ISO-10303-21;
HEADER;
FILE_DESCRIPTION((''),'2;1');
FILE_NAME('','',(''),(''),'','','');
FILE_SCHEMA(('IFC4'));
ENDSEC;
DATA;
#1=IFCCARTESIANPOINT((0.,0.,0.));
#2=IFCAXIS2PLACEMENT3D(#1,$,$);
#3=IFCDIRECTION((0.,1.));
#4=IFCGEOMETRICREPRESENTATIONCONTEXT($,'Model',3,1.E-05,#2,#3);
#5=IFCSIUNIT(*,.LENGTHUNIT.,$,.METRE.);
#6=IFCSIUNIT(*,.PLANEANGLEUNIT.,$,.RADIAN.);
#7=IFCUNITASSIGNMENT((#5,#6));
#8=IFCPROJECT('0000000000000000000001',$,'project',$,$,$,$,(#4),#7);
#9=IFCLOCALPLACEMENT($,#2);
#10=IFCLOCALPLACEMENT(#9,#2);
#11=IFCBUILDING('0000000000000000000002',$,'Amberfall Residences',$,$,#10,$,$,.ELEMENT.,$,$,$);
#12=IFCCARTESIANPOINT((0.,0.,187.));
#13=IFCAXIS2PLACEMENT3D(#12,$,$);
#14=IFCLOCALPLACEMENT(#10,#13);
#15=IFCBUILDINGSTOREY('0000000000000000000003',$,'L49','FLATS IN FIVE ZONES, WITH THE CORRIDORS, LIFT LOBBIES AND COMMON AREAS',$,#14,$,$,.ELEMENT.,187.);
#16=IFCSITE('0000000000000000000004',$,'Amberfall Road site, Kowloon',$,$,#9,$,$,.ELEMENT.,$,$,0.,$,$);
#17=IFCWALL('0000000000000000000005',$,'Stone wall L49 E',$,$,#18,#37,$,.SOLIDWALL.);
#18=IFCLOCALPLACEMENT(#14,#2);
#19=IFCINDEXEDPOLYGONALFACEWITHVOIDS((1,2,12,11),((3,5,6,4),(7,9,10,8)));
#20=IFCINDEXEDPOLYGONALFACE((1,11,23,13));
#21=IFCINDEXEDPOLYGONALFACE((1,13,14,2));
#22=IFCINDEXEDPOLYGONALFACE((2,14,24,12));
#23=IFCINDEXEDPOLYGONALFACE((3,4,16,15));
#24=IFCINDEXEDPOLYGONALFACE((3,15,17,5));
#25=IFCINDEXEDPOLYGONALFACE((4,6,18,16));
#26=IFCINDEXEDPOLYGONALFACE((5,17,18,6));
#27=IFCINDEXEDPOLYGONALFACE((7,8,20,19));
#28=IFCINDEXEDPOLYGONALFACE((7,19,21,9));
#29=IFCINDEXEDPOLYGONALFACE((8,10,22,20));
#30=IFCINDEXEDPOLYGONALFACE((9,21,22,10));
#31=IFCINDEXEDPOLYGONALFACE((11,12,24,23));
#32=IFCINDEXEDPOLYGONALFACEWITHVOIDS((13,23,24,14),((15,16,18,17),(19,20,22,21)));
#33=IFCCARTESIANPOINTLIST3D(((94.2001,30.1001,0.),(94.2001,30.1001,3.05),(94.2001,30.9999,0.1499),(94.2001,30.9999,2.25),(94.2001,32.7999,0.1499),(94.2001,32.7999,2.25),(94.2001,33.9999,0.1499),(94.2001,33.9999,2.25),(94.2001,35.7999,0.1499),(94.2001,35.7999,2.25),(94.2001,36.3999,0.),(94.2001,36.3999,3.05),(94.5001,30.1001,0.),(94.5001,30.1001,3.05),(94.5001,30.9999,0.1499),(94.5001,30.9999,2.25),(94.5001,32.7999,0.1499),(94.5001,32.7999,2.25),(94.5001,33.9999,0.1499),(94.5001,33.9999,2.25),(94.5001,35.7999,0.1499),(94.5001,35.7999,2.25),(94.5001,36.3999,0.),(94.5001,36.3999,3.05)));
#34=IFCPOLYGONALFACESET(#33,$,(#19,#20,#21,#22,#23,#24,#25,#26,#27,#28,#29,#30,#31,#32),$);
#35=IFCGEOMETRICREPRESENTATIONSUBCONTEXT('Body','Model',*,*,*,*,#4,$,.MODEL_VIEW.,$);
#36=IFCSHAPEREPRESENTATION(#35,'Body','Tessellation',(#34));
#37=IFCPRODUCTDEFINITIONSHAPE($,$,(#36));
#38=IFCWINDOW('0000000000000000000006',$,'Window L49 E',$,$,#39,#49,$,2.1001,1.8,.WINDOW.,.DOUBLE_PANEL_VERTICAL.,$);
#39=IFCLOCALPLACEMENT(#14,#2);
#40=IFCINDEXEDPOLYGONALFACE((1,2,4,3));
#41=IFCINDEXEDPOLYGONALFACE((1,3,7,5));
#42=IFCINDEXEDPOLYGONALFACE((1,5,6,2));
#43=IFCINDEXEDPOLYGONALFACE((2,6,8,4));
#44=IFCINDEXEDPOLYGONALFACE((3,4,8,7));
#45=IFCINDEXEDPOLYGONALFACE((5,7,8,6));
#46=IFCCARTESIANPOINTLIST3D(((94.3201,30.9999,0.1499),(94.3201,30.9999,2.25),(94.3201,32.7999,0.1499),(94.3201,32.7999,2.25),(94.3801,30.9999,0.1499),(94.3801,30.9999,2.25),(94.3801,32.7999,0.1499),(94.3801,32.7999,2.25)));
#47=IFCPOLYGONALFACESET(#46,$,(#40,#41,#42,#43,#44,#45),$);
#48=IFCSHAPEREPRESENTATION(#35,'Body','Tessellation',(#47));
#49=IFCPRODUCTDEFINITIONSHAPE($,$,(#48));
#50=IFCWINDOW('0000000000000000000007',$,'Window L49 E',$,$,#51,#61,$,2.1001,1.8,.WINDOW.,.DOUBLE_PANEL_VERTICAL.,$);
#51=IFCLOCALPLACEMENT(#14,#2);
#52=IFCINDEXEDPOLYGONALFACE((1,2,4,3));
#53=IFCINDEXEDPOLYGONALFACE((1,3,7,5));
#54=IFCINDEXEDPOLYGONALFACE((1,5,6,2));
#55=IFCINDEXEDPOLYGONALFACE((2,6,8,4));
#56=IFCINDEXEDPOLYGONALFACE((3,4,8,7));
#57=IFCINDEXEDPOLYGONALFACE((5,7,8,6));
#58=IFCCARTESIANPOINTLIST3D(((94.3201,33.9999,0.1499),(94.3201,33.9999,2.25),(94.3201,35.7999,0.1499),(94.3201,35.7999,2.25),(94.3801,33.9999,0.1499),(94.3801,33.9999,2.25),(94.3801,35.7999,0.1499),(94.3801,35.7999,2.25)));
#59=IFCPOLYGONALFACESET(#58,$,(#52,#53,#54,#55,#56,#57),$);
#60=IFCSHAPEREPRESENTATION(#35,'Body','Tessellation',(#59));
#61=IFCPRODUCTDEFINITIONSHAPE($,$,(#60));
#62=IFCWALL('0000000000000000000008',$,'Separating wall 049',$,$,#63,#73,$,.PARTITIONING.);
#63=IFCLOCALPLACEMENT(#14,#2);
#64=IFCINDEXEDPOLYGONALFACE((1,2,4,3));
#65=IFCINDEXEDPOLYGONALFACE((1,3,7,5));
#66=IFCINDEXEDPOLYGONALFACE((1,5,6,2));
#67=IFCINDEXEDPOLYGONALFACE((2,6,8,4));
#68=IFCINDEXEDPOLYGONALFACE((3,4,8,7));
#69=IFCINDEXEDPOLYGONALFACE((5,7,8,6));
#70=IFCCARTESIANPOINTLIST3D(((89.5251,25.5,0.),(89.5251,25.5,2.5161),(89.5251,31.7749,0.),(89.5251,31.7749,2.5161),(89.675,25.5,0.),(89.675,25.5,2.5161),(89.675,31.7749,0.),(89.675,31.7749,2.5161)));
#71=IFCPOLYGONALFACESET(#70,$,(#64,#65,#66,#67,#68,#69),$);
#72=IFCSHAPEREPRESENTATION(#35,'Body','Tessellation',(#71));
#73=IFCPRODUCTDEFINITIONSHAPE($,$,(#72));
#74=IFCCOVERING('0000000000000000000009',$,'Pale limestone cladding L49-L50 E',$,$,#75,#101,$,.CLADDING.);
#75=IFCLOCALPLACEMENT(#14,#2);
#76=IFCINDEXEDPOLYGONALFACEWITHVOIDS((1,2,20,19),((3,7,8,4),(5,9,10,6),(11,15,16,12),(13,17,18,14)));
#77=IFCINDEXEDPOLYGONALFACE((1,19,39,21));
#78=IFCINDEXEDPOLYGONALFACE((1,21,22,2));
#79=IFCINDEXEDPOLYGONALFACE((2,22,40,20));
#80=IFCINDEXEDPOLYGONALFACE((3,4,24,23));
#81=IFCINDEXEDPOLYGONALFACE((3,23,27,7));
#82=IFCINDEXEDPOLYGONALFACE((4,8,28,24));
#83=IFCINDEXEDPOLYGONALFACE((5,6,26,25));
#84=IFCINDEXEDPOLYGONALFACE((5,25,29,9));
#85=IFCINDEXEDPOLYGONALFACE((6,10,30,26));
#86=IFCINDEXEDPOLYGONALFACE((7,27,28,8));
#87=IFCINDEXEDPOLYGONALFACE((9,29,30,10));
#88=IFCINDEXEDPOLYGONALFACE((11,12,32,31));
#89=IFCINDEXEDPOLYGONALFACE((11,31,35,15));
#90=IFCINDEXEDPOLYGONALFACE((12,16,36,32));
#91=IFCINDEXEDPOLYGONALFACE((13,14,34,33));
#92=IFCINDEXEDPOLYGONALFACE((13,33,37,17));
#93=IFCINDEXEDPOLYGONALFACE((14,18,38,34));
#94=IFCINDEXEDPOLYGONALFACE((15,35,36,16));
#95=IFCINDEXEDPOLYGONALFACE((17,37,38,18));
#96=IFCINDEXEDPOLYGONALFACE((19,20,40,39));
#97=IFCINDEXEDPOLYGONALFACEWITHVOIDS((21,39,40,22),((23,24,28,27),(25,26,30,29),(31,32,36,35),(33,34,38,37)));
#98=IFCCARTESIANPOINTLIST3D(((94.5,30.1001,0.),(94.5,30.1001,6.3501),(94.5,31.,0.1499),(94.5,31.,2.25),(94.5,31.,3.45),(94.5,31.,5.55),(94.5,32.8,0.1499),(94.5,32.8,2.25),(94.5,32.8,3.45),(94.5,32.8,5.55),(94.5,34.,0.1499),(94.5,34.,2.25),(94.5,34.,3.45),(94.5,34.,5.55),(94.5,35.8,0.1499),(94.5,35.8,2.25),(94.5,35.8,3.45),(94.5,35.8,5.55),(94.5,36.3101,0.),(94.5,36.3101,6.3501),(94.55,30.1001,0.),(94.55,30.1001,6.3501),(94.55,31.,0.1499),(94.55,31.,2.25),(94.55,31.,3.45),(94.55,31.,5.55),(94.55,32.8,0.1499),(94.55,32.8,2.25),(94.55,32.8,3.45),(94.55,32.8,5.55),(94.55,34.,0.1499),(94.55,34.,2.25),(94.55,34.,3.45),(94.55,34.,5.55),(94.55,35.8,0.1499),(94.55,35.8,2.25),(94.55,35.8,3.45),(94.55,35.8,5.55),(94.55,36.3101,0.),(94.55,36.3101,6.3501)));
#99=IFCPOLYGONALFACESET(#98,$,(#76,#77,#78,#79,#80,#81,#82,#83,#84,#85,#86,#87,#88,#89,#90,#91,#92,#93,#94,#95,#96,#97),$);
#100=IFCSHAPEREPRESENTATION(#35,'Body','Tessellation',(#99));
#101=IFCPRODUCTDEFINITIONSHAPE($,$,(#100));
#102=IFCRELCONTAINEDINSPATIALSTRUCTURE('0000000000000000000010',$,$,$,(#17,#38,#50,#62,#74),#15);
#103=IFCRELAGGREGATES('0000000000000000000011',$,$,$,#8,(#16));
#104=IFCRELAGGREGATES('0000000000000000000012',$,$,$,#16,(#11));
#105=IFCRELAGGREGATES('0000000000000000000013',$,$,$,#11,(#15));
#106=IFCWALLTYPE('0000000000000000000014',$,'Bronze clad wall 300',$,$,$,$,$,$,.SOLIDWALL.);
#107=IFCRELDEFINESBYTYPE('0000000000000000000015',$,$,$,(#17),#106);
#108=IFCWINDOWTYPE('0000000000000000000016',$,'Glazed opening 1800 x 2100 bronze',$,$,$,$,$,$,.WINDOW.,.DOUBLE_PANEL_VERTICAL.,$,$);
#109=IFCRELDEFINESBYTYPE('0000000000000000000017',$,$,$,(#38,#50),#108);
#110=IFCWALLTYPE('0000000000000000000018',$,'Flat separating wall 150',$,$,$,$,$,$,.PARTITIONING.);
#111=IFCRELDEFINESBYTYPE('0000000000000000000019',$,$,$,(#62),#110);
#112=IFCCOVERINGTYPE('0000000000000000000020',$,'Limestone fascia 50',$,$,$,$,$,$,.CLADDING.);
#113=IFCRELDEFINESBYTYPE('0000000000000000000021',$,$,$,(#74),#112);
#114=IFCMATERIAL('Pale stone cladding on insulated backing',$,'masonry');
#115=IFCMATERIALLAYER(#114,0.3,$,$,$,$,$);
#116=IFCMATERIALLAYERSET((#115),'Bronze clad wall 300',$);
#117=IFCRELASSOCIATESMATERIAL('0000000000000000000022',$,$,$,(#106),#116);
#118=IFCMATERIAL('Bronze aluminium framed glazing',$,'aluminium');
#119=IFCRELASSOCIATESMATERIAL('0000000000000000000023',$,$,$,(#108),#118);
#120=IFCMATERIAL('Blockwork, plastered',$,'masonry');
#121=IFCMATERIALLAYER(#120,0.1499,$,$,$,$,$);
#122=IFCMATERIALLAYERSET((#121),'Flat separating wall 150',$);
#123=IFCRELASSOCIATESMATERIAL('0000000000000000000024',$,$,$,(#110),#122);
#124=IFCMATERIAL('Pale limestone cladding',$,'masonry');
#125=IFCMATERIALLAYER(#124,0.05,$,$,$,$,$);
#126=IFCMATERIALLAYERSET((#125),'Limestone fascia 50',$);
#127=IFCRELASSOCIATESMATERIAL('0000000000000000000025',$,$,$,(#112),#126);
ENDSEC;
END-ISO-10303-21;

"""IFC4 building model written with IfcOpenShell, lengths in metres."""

from ifc_helpers import new_model, si_unit, direction, frame, frame_2d, origin, place, context, subcontext, project, spatial, polyline, rectangle, outline, extrude, material, layer, layer_set, type_object, element, fill, save


model = new_model("IFC4")

# Units and contexts
model_context = context("Model", 3, precision=1e-05, world=origin(), true_north=direction((0.0, 1.0)))
body_context = subcontext(model_context, "Body", "Model", "MODEL_VIEW")
ifc_project = project(units=[si_unit("LENGTHUNIT", "METRE"), si_unit("PLANEANGLEUNIT", "RADIAN")], contexts=[model_context])

# Site, building, storey
site_placement = place(None, origin())
site = spatial("IfcSite", under=ifc_project, at=site_placement, Name="Amberfall Road site, Kowloon", CompositionType="ELEMENT", RefElevation=0.0)
building_placement = place(site_placement, origin())
building = spatial("IfcBuilding", under=site, at=building_placement, Name="Amberfall Residences", CompositionType="ELEMENT")
storey_placement = place(building_placement, frame((0.0, 0.0, 187.0)))
storey = spatial("IfcBuildingStorey", under=building, at=storey_placement, Name="L49", Description="FLATS IN FIVE ZONES, WITH THE CORRIDORS, LIFT LOBBIES AND COMMON AREAS", CompositionType="ELEMENT", Elevation=187.0)

# Shared definitions
ifc_material_1 = material(Name="Pale stone cladding on insulated backing", Category="masonry")
ifc_layer_1 = layer(ifc_material_1, 0.3)
ifc_layer_set_1 = layer_set([ifc_layer_1], Name="Bronze clad wall 300")
wall_type_1 = type_object("IfcWallType", Name="Bronze clad wall 300", PredefinedType="SOLIDWALL", material=ifc_layer_set_1)
ifc_material_2 = material(Name="Bronze aluminium framed glazing", Category="aluminium")

# Wall, openings, windows
wall_1_placement = place(storey_placement, frame((94.3501, 30.1001, 0.0), z_axis=(0.0, 0.0, 1.0), x_axis=(0.0, 1.0, 0.0)))
wall_1 = element("IfcWall", 1, at=wall_1_placement, inside=storey, type_object=wall_type_1, Name="Stone wall L49 E", PredefinedType="SOLIDWALL", context=body_context, shape_type="SweptSolid", body=[
    extrude(rectangle(XDim=6.2998, YDim=0.3, at=frame_2d((3.1499, 0.0))), origin(), (0.0, 0.0, 1.0), 3.05),
])
opening_1_placement = place(wall_1_placement, frame((0.8999, 0.0, 0.1499)))
opening_1 = element("IfcOpeningElement", 2, at=opening_1_placement, cuts=wall_1, PredefinedType="OPENING", context=body_context, shape_type="SweptSolid", body=[
    extrude(rectangle(XDim=1.8, YDim=2.1001, at=frame_2d((0.8999, 1.05))), frame((0.0, 0.1599, 0.0), z_axis=(0.0, -1.0, 0.0), x_axis=(1.0, 0.0, 0.0)), (0.0, 0.0, 1.0), 0.3201),
])
opening_2_placement = place(wall_1_placement, frame((3.8999, 0.0, 0.1499)))
opening_2 = element("IfcOpeningElement", 3, at=opening_2_placement, cuts=wall_1, PredefinedType="OPENING", context=body_context, shape_type="SweptSolid", body=[
    extrude(rectangle(XDim=1.8, YDim=2.1001, at=frame_2d((0.8999, 1.05))), frame((0.0, 0.1599, 0.0), z_axis=(0.0, -1.0, 0.0), x_axis=(1.0, 0.0, 0.0)), (0.0, 0.0, 1.0), 0.3201),
])
window_type_1 = type_object("IfcWindowType", Name="Glazed opening 1800 x 2100 bronze", PartitioningType="DOUBLE_PANEL_VERTICAL", PredefinedType="WINDOW", material=ifc_material_2)
window_1_placement = place(opening_1_placement, origin())
window_1 = element("IfcWindow", 4, at=window_1_placement, inside=storey, type_object=window_type_1, Name="Window L49 E", OverallHeight=2.1001, OverallWidth=1.8, PartitioningType="DOUBLE_PANEL_VERTICAL", PredefinedType="WINDOW", context=body_context, shape_type="SweptSolid", body=[
    extrude(rectangle(XDim=1.8, YDim=2.1001, at=frame_2d((0.8999, 1.05))), frame((0.0, 0.03, 0.0), z_axis=(0.0, -1.0, 0.0), x_axis=(1.0, 0.0, 0.0)), (0.0, 0.0, 1.0), 0.0601),
])
fill(opening_1, window_1)
window_2_placement = place(opening_2_placement, origin())
window_2 = element("IfcWindow", 5, at=window_2_placement, inside=storey, type_object=window_type_1, Name="Window L49 E", OverallHeight=2.1001, OverallWidth=1.8, PartitioningType="DOUBLE_PANEL_VERTICAL", PredefinedType="WINDOW", context=body_context, shape_type="SweptSolid", body=[
    extrude(rectangle(XDim=1.8, YDim=2.1001, at=frame_2d((0.8999, 1.05))), frame((0.0, 0.03, 0.0), z_axis=(0.0, -1.0, 0.0), x_axis=(1.0, 0.0, 0.0)), (0.0, 0.0, 1.0), 0.0601),
])
fill(opening_2, window_2)

# Wall
ifc_material_3 = material(Name="Blockwork, plastered", Category="masonry")
ifc_layer_2 = layer(ifc_material_3, 0.1499)
ifc_layer_set_2 = layer_set([ifc_layer_2], Name="Flat separating wall 150")
wall_type_2 = type_object("IfcWallType", Name="Flat separating wall 150", PredefinedType="PARTITIONING", material=ifc_layer_set_2)
wall_2_placement = place(storey_placement, frame((89.6001, 25.5, 0.0), z_axis=(0.0, 0.0, 1.0), x_axis=(0.0, 1.0, 0.0)))
element("IfcWall", 6, at=wall_2_placement, inside=storey, type_object=wall_type_2, Name="Separating wall 049", PredefinedType="PARTITIONING", context=body_context, shape_type="SweptSolid", body=[
    extrude(rectangle(XDim=6.2749, YDim=0.1499, at=frame_2d((3.1375, 0.0))), origin(), (0.0, 0.0, 1.0), 2.5161),
])

# Covering
ifc_material_4 = material(Name="Pale limestone cladding", Category="masonry")
ifc_layer_3 = layer(ifc_material_4, 0.05)
ifc_layer_set_3 = layer_set([ifc_layer_3], Name="Limestone fascia 50")
covering_type = type_object("IfcCoveringType", Name="Limestone fascia 50", PredefinedType="CLADDING", material=ifc_layer_set_3)
covering_placement = place(storey_placement, frame((94.5, 30.1001, 6.3501), z_axis=(-1.0, 0.0, 0.0), x_axis=(0.0, 1.0, 0.0)))
element("IfcCovering", 7, at=covering_placement, inside=storey, type_object=covering_type, Name="Pale limestone cladding L49-L50 E", PredefinedType="CLADDING", context=body_context, shape_type="SweptSolid", body=[
    extrude(outline(polyline([(0.0, 0.0), (6.21, 0.0), (6.21, 6.3501), (0.0, 6.3501), (0.0, 0.0)]), holes=[polyline([(0.8999, 4.1001), (2.7, 4.1001), (2.7, 6.2002), (0.8999, 6.2002), (0.8999, 4.1001)]), polyline([(3.8999, 4.1001), (5.7, 4.1001), (5.7, 6.2002), (3.8999, 6.2002), (3.8999, 4.1001)]), polyline([(0.8999, 0.8), (2.7, 0.8), (2.7, 2.9001), (0.8999, 2.9001), (0.8999, 0.8)]), polyline([(3.8999, 0.8), (5.7, 0.8), (5.7, 2.9001), (3.8999, 2.9001), (3.8999, 0.8)])]), origin(), (0.0, 0.0, -1.0), 0.05),
])

save(model, "model.ifc")
